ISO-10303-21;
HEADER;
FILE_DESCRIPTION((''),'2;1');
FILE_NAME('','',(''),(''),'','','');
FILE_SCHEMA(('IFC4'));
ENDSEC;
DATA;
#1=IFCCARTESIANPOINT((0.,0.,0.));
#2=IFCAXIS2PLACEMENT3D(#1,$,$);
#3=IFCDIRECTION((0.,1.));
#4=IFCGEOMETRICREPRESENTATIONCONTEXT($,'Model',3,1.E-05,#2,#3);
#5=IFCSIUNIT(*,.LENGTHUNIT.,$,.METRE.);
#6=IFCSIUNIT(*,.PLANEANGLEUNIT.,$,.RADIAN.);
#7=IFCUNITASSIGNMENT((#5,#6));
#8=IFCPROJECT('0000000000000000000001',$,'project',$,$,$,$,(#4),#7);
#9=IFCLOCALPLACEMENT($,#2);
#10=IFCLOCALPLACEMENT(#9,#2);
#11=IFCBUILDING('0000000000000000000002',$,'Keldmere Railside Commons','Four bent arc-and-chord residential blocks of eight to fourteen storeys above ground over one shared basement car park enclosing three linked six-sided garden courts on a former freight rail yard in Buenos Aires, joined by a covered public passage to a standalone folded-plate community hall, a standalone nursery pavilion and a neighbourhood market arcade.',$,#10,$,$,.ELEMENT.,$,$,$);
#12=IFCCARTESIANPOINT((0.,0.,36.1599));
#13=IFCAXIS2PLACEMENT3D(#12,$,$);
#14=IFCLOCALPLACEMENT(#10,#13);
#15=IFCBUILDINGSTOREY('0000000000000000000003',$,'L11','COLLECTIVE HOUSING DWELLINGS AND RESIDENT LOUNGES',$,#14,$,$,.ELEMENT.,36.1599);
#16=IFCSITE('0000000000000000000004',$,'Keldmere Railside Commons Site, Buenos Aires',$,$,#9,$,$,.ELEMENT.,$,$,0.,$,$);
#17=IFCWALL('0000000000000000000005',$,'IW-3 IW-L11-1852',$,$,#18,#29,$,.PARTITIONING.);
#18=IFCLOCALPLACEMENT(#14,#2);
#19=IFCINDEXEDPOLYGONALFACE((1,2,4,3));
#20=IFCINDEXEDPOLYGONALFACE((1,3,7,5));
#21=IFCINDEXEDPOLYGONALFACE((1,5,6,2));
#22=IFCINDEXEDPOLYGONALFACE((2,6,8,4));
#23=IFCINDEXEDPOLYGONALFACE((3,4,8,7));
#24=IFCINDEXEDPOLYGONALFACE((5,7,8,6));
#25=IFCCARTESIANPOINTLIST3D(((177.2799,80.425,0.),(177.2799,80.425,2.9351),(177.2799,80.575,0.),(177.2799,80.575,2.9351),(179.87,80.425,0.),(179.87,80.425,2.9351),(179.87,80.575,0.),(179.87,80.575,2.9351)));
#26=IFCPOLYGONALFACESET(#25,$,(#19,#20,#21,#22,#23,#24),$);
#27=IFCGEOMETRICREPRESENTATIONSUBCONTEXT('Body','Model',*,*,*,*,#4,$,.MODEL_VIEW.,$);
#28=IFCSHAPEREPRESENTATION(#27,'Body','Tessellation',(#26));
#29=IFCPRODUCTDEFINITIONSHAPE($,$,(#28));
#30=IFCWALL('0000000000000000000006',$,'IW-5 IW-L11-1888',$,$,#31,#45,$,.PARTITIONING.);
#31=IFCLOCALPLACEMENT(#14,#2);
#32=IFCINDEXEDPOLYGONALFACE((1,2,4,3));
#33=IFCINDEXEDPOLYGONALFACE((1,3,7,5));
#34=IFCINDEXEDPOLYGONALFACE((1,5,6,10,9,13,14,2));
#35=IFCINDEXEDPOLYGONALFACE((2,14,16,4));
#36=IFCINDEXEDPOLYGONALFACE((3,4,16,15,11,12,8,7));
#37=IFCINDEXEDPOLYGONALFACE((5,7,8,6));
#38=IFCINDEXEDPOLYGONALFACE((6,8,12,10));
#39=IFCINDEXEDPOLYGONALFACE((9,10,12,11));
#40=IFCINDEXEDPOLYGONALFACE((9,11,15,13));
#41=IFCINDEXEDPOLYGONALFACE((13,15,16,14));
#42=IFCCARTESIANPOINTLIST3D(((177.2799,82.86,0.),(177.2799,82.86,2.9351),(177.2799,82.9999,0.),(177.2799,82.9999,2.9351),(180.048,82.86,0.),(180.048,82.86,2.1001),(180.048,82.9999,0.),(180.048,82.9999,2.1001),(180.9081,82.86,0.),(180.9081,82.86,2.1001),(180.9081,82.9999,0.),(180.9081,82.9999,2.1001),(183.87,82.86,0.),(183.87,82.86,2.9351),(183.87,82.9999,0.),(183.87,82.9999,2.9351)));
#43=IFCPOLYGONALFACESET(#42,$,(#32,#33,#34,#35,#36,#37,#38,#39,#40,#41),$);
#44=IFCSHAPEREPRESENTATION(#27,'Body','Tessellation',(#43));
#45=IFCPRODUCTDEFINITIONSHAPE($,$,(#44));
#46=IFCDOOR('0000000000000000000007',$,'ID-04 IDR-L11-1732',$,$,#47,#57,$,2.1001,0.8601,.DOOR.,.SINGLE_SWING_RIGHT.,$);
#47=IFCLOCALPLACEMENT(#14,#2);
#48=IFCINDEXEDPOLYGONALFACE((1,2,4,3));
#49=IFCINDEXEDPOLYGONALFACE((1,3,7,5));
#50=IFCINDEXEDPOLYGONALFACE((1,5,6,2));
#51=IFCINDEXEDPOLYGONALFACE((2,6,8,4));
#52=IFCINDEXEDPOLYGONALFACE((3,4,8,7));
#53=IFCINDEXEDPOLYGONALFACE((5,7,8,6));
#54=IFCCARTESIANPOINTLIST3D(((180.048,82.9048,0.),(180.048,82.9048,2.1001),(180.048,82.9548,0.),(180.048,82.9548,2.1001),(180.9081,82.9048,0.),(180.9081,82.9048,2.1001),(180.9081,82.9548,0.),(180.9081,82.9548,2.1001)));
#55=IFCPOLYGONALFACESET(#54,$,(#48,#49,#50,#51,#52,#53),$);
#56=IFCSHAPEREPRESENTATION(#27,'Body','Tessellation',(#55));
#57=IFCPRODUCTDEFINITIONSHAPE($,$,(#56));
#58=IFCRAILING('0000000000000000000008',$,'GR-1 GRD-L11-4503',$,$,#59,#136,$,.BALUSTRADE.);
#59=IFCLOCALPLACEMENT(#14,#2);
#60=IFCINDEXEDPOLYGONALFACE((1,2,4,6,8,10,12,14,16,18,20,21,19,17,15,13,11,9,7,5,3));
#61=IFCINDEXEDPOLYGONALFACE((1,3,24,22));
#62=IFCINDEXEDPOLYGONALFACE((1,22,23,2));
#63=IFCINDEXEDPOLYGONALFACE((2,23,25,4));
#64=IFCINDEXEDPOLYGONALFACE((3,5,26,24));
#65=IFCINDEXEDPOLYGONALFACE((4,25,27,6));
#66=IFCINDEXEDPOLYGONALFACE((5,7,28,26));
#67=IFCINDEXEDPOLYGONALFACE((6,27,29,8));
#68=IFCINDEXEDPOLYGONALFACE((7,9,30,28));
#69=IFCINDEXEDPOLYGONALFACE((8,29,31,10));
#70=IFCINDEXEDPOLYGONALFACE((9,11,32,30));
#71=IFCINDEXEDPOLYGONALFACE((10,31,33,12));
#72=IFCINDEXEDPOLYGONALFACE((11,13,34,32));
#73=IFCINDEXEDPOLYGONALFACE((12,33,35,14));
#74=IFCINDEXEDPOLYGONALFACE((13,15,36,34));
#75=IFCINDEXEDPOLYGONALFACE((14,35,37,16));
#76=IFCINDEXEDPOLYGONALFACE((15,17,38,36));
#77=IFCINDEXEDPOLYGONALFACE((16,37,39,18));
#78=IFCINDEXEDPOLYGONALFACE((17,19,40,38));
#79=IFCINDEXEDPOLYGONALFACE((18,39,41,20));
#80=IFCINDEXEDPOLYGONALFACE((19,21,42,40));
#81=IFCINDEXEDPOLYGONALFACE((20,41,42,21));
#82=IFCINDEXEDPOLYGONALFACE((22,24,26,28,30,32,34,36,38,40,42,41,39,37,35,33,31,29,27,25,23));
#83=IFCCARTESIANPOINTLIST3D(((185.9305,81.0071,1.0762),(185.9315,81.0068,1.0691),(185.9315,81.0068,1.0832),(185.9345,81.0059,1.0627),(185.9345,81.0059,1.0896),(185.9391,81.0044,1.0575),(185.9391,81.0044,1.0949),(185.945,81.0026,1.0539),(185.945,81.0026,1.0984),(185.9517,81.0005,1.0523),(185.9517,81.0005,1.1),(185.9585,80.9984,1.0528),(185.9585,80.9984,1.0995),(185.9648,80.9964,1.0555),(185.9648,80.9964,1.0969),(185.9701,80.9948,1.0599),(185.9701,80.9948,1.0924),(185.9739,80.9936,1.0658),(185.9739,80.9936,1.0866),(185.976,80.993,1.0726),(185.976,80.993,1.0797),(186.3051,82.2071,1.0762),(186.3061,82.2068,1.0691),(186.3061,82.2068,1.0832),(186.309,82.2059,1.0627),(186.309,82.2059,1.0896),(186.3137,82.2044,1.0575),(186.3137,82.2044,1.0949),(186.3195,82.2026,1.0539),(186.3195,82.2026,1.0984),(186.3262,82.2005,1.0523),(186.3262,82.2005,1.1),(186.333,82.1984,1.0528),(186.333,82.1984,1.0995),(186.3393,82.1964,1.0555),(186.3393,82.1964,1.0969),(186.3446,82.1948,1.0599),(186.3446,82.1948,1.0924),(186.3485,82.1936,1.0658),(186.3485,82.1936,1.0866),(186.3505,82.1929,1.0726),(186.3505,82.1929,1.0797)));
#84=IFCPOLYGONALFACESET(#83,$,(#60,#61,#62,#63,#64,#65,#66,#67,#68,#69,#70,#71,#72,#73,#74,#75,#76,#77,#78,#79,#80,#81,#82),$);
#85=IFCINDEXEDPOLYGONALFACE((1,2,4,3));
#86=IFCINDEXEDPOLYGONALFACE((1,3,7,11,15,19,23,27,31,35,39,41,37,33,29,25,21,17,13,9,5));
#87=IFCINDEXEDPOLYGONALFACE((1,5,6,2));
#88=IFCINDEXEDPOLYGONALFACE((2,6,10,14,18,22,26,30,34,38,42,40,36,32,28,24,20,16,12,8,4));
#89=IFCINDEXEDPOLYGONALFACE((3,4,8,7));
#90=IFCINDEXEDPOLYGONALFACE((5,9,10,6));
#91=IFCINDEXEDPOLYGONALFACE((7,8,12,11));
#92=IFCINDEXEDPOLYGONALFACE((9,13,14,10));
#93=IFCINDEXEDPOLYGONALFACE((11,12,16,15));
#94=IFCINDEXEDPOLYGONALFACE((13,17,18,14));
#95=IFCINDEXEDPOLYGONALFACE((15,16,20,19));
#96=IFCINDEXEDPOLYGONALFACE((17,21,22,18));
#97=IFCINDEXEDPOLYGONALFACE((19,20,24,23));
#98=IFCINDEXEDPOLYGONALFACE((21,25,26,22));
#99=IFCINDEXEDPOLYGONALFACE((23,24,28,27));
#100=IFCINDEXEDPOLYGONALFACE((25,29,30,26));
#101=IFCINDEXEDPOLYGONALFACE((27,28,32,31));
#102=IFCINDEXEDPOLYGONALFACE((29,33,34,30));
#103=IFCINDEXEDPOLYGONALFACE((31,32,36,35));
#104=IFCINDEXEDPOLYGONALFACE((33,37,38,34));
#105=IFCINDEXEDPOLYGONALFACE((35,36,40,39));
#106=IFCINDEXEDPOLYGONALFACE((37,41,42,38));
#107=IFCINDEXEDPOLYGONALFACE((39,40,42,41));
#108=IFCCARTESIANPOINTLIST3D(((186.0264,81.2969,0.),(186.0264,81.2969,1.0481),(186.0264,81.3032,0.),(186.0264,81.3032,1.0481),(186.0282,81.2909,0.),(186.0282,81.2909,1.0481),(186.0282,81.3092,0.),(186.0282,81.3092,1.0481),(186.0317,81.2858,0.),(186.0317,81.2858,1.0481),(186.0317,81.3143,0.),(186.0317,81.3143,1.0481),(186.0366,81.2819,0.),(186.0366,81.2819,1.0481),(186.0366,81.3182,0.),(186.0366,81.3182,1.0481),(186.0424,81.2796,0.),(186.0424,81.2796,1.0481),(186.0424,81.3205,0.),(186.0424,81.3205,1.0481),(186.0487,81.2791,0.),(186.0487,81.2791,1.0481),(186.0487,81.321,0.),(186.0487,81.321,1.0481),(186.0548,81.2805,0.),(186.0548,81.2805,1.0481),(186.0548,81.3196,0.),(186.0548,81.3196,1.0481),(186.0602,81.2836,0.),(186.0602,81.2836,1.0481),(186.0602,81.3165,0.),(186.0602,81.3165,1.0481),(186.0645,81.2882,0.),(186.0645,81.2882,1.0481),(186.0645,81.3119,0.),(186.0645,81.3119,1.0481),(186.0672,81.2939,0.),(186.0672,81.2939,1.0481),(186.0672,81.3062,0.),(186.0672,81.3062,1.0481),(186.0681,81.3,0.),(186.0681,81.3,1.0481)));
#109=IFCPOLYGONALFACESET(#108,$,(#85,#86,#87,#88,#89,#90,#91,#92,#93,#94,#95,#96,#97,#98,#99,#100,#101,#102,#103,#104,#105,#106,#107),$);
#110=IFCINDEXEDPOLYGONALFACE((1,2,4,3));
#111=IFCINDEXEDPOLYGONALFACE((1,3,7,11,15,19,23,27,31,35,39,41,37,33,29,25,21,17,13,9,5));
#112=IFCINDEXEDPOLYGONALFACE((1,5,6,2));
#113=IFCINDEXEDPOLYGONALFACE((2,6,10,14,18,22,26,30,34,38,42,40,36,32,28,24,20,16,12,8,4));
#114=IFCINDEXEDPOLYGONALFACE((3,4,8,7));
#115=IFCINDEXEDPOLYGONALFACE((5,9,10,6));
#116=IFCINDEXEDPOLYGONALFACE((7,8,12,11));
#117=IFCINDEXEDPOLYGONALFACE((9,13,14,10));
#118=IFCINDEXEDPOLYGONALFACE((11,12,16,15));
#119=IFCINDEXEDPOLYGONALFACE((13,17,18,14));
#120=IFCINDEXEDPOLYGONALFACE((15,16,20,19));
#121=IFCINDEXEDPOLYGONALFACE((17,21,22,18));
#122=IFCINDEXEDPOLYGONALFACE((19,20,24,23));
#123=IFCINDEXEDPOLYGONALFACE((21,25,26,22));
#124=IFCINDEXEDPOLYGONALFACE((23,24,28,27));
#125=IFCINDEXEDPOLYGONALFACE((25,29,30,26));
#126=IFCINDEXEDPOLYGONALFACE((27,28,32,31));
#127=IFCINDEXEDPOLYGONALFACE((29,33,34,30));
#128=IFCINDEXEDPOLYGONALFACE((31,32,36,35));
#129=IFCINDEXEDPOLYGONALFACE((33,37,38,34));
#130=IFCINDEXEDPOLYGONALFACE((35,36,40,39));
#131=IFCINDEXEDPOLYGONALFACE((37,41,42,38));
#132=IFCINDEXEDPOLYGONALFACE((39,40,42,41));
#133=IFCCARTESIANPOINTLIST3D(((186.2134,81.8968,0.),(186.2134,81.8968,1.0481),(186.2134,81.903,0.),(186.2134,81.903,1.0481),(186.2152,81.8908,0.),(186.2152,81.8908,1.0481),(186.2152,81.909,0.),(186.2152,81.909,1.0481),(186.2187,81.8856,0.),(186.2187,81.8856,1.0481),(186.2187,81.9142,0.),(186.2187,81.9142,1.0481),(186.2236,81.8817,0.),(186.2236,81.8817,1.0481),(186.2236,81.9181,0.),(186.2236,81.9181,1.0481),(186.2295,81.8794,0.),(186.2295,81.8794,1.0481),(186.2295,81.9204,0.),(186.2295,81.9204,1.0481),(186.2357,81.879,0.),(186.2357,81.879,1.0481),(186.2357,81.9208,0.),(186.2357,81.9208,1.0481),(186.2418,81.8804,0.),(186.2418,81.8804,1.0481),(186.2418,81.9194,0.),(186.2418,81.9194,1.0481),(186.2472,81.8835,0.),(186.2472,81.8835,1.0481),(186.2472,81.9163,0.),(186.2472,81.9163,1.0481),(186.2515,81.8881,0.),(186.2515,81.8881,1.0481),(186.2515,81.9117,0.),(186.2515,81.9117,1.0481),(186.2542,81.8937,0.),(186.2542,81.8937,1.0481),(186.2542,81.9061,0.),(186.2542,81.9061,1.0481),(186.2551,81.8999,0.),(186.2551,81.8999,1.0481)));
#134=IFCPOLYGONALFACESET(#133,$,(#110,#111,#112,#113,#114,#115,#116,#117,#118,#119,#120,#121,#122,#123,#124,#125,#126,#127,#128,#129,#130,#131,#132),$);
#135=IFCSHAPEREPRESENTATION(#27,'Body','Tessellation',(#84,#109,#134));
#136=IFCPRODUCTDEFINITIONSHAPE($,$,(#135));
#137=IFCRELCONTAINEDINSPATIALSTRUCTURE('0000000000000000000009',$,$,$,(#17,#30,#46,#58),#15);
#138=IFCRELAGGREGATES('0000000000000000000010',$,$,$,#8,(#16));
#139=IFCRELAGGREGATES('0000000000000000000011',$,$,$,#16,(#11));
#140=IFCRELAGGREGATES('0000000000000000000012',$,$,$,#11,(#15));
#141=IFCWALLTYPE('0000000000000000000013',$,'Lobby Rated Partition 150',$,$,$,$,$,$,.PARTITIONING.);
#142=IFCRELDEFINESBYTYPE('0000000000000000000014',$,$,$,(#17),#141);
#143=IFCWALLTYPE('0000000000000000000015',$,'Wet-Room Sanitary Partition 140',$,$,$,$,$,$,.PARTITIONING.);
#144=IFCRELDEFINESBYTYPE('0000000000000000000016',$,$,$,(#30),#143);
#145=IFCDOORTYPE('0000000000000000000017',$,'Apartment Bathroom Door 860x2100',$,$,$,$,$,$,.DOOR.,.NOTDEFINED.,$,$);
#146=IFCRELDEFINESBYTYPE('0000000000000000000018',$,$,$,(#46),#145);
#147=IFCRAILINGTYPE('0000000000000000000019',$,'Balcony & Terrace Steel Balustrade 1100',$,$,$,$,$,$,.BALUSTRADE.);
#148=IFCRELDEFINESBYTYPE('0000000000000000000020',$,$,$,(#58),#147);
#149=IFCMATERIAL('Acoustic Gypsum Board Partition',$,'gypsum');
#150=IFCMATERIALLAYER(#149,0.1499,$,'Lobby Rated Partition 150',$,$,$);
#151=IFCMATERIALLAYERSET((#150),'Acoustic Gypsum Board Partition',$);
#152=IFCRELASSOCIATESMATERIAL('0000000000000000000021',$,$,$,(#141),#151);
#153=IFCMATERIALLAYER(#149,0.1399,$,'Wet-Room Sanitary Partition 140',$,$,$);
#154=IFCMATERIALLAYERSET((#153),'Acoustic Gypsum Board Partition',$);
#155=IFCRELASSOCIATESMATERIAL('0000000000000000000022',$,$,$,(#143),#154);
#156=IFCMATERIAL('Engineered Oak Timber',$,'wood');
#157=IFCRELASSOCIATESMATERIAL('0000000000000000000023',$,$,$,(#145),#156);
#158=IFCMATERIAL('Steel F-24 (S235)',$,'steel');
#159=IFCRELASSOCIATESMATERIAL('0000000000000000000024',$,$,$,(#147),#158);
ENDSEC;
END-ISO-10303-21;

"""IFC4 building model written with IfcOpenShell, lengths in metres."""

from ifc_helpers import new_model, si_unit, direction, frame, frame_2d, origin, origin_2d, place, context, subcontext, project, spatial, rectangle, circle, extrude, material, layer, layer_set, type_object, element, fill, save


model = new_model("IFC4")

# Units and contexts
model_context = context("Model", 3, precision=1e-05, world=origin(), true_north=direction((0.0, 1.0)))
body_context = subcontext(model_context, "Body", "Model", "MODEL_VIEW")
ifc_project = project(units=[si_unit("LENGTHUNIT", "METRE"), si_unit("PLANEANGLEUNIT", "RADIAN")], contexts=[model_context])

# Site, building, storey
site_placement = place(None, origin())
site = spatial("IfcSite", under=ifc_project, at=site_placement, Name="Keldmere Railside Commons Site, Buenos Aires", CompositionType="ELEMENT", RefElevation=0.0)
building_placement = place(site_placement, origin())
building = spatial("IfcBuilding", under=site, at=building_placement, Name="Keldmere Railside Commons", Description="Four bent arc-and-chord residential blocks of eight to fourteen storeys above ground over one shared basement car park enclosing three linked six-sided garden courts on a former freight rail yard in Buenos Aires, joined by a covered public passage to a standalone folded-plate community hall, a standalone nursery pavilion and a neighbourhood market arcade.", CompositionType="ELEMENT")
storey_placement = place(building_placement, frame((0.0, 0.0, 36.1599)))
storey = spatial("IfcBuildingStorey", under=building, at=storey_placement, Name="L11", Description="COLLECTIVE HOUSING DWELLINGS AND RESIDENT LOUNGES", CompositionType="ELEMENT", Elevation=36.1599)

# Shared definitions
ifc_material_1 = material(Name="Acoustic Gypsum Board Partition", Category="gypsum")

# Shared definitions
ifc_material_2 = material(Name="Engineered Oak Timber", Category="wood")

# Wall
ifc_layer_1 = layer(ifc_material_1, 0.1499, Name="Lobby Rated Partition 150")
ifc_layer_set_1 = layer_set([ifc_layer_1], Name="Acoustic Gypsum Board Partition")
wall_type_1 = type_object("IfcWallType", Name="Lobby Rated Partition 150", PredefinedType="PARTITIONING", material=ifc_layer_set_1)
wall_1_placement = place(storey_placement, frame((177.28, 80.5, 0.0), z_axis=(0.0, 0.0, 1.0), x_axis=(1.0, 0.0, 0.0)))
element("IfcWall", 1, at=wall_1_placement, inside=storey, type_object=wall_type_1, Name="IW-3 IW-L11-1852", PredefinedType="PARTITIONING", context=body_context, shape_type="SweptSolid", body=[
    extrude(rectangle(XDim=2.5901, YDim=0.1499, at=frame_2d((1.2949, 0.0))), origin(), (0.0, 0.0, 1.0), 2.9351),
])

# Wall, opening, door
ifc_layer_2 = layer(ifc_material_1, 0.1399, Name="Wet-Room Sanitary Partition 140")
ifc_layer_set_2 = layer_set([ifc_layer_2], Name="Acoustic Gypsum Board Partition")
wall_type_2 = type_object("IfcWallType", Name="Wet-Room Sanitary Partition 140", PredefinedType="PARTITIONING", material=ifc_layer_set_2)
wall_2_placement = place(storey_placement, frame((177.28, 82.9299, 0.0), z_axis=(0.0, 0.0, 1.0), x_axis=(1.0, 0.0, 0.0)))
wall_2 = element("IfcWall", 2, at=wall_2_placement, inside=storey, type_object=wall_type_2, Name="IW-5 IW-L11-1888", PredefinedType="PARTITIONING", context=body_context, shape_type="SweptSolid", body=[
    extrude(rectangle(XDim=6.5901, YDim=0.1399, at=frame_2d((3.2949, 0.0))), origin(), (0.0, 0.0, 1.0), 2.9351),
])
opening_1_placement = place(wall_2_placement, frame((2.7678, 0.0, 0.0)))
opening_1 = element("IfcOpeningElement", 3, at=opening_1_placement, cuts=wall_2, PredefinedType="OPENING", context=body_context, shape_type="SweptSolid", body=[
    extrude(rectangle(XDim=0.8601, YDim=2.1001, at=frame_2d((0.4302, 1.05))), frame((0.0, 0.0798, 0.0), z_axis=(0.0, -1.0, 0.0), x_axis=(1.0, 0.0, 0.0)), (0.0, 0.0, 1.0), 0.1599),
])
door_type_1 = type_object("IfcDoorType", Name="Apartment Bathroom Door 860x2100", OperationType="NOTDEFINED", PredefinedType="DOOR", material=ifc_material_2)
door_1_placement = place(opening_1_placement, origin())
door_1 = element("IfcDoor", 4, at=door_1_placement, inside=storey, type_object=door_type_1, Name="ID-04 IDR-L11-1732", OperationType="SINGLE_SWING_RIGHT", OverallHeight=2.1001, OverallWidth=0.8601, PredefinedType="DOOR", context=body_context, shape_type="SweptSolid", body=[
    extrude(rectangle(XDim=0.8601, YDim=2.1001, at=frame_2d((0.4302, 1.05))), frame((0.0, 0.0249, 0.0), z_axis=(0.0, -1.0, 0.0), x_axis=(1.0, 0.0, 0.0)), (0.0, 0.0, 1.0), 0.05),
])
fill(opening_1, door_1)

# Railing
ifc_material_3 = material(Name="Steel F-24 (S235)", Category="steel")
railing_type = type_object("IfcRailingType", Name="Balcony & Terrace Steel Balustrade 1100", PredefinedType="BALUSTRADE", material=ifc_material_3)
railing_1_placement = place(storey_placement, frame((185.9534, 81.0, 0.0)))
element("IfcRailing", 5, at=railing_1_placement, inside=storey, type_object=railing_type, Name="GR-1 GRD-L11-4503", PredefinedType="BALUSTRADE", context=body_context, shape_type="SweptSolid", body=[
    extrude(circle(Radius=0.0239, at=origin_2d()), frame((0.0, 0.0, 1.0762), z_axis=(0.297932, 0.954587, 0.0), x_axis=(-0.954587, 0.297932, 0.0)), (0.0, 0.0, 1.0), 1.2571),
    extrude(circle(Radius=0.021, at=origin_2d()), frame((0.0938, 0.3, 0.0)), (0.0, 0.0, 1.0), 1.0481),
    extrude(circle(Radius=0.021, at=origin_2d()), frame((0.2808, 0.8999, 0.0)), (0.0, 0.0, 1.0), 1.0481),
])

save(model, "model.ifc")
